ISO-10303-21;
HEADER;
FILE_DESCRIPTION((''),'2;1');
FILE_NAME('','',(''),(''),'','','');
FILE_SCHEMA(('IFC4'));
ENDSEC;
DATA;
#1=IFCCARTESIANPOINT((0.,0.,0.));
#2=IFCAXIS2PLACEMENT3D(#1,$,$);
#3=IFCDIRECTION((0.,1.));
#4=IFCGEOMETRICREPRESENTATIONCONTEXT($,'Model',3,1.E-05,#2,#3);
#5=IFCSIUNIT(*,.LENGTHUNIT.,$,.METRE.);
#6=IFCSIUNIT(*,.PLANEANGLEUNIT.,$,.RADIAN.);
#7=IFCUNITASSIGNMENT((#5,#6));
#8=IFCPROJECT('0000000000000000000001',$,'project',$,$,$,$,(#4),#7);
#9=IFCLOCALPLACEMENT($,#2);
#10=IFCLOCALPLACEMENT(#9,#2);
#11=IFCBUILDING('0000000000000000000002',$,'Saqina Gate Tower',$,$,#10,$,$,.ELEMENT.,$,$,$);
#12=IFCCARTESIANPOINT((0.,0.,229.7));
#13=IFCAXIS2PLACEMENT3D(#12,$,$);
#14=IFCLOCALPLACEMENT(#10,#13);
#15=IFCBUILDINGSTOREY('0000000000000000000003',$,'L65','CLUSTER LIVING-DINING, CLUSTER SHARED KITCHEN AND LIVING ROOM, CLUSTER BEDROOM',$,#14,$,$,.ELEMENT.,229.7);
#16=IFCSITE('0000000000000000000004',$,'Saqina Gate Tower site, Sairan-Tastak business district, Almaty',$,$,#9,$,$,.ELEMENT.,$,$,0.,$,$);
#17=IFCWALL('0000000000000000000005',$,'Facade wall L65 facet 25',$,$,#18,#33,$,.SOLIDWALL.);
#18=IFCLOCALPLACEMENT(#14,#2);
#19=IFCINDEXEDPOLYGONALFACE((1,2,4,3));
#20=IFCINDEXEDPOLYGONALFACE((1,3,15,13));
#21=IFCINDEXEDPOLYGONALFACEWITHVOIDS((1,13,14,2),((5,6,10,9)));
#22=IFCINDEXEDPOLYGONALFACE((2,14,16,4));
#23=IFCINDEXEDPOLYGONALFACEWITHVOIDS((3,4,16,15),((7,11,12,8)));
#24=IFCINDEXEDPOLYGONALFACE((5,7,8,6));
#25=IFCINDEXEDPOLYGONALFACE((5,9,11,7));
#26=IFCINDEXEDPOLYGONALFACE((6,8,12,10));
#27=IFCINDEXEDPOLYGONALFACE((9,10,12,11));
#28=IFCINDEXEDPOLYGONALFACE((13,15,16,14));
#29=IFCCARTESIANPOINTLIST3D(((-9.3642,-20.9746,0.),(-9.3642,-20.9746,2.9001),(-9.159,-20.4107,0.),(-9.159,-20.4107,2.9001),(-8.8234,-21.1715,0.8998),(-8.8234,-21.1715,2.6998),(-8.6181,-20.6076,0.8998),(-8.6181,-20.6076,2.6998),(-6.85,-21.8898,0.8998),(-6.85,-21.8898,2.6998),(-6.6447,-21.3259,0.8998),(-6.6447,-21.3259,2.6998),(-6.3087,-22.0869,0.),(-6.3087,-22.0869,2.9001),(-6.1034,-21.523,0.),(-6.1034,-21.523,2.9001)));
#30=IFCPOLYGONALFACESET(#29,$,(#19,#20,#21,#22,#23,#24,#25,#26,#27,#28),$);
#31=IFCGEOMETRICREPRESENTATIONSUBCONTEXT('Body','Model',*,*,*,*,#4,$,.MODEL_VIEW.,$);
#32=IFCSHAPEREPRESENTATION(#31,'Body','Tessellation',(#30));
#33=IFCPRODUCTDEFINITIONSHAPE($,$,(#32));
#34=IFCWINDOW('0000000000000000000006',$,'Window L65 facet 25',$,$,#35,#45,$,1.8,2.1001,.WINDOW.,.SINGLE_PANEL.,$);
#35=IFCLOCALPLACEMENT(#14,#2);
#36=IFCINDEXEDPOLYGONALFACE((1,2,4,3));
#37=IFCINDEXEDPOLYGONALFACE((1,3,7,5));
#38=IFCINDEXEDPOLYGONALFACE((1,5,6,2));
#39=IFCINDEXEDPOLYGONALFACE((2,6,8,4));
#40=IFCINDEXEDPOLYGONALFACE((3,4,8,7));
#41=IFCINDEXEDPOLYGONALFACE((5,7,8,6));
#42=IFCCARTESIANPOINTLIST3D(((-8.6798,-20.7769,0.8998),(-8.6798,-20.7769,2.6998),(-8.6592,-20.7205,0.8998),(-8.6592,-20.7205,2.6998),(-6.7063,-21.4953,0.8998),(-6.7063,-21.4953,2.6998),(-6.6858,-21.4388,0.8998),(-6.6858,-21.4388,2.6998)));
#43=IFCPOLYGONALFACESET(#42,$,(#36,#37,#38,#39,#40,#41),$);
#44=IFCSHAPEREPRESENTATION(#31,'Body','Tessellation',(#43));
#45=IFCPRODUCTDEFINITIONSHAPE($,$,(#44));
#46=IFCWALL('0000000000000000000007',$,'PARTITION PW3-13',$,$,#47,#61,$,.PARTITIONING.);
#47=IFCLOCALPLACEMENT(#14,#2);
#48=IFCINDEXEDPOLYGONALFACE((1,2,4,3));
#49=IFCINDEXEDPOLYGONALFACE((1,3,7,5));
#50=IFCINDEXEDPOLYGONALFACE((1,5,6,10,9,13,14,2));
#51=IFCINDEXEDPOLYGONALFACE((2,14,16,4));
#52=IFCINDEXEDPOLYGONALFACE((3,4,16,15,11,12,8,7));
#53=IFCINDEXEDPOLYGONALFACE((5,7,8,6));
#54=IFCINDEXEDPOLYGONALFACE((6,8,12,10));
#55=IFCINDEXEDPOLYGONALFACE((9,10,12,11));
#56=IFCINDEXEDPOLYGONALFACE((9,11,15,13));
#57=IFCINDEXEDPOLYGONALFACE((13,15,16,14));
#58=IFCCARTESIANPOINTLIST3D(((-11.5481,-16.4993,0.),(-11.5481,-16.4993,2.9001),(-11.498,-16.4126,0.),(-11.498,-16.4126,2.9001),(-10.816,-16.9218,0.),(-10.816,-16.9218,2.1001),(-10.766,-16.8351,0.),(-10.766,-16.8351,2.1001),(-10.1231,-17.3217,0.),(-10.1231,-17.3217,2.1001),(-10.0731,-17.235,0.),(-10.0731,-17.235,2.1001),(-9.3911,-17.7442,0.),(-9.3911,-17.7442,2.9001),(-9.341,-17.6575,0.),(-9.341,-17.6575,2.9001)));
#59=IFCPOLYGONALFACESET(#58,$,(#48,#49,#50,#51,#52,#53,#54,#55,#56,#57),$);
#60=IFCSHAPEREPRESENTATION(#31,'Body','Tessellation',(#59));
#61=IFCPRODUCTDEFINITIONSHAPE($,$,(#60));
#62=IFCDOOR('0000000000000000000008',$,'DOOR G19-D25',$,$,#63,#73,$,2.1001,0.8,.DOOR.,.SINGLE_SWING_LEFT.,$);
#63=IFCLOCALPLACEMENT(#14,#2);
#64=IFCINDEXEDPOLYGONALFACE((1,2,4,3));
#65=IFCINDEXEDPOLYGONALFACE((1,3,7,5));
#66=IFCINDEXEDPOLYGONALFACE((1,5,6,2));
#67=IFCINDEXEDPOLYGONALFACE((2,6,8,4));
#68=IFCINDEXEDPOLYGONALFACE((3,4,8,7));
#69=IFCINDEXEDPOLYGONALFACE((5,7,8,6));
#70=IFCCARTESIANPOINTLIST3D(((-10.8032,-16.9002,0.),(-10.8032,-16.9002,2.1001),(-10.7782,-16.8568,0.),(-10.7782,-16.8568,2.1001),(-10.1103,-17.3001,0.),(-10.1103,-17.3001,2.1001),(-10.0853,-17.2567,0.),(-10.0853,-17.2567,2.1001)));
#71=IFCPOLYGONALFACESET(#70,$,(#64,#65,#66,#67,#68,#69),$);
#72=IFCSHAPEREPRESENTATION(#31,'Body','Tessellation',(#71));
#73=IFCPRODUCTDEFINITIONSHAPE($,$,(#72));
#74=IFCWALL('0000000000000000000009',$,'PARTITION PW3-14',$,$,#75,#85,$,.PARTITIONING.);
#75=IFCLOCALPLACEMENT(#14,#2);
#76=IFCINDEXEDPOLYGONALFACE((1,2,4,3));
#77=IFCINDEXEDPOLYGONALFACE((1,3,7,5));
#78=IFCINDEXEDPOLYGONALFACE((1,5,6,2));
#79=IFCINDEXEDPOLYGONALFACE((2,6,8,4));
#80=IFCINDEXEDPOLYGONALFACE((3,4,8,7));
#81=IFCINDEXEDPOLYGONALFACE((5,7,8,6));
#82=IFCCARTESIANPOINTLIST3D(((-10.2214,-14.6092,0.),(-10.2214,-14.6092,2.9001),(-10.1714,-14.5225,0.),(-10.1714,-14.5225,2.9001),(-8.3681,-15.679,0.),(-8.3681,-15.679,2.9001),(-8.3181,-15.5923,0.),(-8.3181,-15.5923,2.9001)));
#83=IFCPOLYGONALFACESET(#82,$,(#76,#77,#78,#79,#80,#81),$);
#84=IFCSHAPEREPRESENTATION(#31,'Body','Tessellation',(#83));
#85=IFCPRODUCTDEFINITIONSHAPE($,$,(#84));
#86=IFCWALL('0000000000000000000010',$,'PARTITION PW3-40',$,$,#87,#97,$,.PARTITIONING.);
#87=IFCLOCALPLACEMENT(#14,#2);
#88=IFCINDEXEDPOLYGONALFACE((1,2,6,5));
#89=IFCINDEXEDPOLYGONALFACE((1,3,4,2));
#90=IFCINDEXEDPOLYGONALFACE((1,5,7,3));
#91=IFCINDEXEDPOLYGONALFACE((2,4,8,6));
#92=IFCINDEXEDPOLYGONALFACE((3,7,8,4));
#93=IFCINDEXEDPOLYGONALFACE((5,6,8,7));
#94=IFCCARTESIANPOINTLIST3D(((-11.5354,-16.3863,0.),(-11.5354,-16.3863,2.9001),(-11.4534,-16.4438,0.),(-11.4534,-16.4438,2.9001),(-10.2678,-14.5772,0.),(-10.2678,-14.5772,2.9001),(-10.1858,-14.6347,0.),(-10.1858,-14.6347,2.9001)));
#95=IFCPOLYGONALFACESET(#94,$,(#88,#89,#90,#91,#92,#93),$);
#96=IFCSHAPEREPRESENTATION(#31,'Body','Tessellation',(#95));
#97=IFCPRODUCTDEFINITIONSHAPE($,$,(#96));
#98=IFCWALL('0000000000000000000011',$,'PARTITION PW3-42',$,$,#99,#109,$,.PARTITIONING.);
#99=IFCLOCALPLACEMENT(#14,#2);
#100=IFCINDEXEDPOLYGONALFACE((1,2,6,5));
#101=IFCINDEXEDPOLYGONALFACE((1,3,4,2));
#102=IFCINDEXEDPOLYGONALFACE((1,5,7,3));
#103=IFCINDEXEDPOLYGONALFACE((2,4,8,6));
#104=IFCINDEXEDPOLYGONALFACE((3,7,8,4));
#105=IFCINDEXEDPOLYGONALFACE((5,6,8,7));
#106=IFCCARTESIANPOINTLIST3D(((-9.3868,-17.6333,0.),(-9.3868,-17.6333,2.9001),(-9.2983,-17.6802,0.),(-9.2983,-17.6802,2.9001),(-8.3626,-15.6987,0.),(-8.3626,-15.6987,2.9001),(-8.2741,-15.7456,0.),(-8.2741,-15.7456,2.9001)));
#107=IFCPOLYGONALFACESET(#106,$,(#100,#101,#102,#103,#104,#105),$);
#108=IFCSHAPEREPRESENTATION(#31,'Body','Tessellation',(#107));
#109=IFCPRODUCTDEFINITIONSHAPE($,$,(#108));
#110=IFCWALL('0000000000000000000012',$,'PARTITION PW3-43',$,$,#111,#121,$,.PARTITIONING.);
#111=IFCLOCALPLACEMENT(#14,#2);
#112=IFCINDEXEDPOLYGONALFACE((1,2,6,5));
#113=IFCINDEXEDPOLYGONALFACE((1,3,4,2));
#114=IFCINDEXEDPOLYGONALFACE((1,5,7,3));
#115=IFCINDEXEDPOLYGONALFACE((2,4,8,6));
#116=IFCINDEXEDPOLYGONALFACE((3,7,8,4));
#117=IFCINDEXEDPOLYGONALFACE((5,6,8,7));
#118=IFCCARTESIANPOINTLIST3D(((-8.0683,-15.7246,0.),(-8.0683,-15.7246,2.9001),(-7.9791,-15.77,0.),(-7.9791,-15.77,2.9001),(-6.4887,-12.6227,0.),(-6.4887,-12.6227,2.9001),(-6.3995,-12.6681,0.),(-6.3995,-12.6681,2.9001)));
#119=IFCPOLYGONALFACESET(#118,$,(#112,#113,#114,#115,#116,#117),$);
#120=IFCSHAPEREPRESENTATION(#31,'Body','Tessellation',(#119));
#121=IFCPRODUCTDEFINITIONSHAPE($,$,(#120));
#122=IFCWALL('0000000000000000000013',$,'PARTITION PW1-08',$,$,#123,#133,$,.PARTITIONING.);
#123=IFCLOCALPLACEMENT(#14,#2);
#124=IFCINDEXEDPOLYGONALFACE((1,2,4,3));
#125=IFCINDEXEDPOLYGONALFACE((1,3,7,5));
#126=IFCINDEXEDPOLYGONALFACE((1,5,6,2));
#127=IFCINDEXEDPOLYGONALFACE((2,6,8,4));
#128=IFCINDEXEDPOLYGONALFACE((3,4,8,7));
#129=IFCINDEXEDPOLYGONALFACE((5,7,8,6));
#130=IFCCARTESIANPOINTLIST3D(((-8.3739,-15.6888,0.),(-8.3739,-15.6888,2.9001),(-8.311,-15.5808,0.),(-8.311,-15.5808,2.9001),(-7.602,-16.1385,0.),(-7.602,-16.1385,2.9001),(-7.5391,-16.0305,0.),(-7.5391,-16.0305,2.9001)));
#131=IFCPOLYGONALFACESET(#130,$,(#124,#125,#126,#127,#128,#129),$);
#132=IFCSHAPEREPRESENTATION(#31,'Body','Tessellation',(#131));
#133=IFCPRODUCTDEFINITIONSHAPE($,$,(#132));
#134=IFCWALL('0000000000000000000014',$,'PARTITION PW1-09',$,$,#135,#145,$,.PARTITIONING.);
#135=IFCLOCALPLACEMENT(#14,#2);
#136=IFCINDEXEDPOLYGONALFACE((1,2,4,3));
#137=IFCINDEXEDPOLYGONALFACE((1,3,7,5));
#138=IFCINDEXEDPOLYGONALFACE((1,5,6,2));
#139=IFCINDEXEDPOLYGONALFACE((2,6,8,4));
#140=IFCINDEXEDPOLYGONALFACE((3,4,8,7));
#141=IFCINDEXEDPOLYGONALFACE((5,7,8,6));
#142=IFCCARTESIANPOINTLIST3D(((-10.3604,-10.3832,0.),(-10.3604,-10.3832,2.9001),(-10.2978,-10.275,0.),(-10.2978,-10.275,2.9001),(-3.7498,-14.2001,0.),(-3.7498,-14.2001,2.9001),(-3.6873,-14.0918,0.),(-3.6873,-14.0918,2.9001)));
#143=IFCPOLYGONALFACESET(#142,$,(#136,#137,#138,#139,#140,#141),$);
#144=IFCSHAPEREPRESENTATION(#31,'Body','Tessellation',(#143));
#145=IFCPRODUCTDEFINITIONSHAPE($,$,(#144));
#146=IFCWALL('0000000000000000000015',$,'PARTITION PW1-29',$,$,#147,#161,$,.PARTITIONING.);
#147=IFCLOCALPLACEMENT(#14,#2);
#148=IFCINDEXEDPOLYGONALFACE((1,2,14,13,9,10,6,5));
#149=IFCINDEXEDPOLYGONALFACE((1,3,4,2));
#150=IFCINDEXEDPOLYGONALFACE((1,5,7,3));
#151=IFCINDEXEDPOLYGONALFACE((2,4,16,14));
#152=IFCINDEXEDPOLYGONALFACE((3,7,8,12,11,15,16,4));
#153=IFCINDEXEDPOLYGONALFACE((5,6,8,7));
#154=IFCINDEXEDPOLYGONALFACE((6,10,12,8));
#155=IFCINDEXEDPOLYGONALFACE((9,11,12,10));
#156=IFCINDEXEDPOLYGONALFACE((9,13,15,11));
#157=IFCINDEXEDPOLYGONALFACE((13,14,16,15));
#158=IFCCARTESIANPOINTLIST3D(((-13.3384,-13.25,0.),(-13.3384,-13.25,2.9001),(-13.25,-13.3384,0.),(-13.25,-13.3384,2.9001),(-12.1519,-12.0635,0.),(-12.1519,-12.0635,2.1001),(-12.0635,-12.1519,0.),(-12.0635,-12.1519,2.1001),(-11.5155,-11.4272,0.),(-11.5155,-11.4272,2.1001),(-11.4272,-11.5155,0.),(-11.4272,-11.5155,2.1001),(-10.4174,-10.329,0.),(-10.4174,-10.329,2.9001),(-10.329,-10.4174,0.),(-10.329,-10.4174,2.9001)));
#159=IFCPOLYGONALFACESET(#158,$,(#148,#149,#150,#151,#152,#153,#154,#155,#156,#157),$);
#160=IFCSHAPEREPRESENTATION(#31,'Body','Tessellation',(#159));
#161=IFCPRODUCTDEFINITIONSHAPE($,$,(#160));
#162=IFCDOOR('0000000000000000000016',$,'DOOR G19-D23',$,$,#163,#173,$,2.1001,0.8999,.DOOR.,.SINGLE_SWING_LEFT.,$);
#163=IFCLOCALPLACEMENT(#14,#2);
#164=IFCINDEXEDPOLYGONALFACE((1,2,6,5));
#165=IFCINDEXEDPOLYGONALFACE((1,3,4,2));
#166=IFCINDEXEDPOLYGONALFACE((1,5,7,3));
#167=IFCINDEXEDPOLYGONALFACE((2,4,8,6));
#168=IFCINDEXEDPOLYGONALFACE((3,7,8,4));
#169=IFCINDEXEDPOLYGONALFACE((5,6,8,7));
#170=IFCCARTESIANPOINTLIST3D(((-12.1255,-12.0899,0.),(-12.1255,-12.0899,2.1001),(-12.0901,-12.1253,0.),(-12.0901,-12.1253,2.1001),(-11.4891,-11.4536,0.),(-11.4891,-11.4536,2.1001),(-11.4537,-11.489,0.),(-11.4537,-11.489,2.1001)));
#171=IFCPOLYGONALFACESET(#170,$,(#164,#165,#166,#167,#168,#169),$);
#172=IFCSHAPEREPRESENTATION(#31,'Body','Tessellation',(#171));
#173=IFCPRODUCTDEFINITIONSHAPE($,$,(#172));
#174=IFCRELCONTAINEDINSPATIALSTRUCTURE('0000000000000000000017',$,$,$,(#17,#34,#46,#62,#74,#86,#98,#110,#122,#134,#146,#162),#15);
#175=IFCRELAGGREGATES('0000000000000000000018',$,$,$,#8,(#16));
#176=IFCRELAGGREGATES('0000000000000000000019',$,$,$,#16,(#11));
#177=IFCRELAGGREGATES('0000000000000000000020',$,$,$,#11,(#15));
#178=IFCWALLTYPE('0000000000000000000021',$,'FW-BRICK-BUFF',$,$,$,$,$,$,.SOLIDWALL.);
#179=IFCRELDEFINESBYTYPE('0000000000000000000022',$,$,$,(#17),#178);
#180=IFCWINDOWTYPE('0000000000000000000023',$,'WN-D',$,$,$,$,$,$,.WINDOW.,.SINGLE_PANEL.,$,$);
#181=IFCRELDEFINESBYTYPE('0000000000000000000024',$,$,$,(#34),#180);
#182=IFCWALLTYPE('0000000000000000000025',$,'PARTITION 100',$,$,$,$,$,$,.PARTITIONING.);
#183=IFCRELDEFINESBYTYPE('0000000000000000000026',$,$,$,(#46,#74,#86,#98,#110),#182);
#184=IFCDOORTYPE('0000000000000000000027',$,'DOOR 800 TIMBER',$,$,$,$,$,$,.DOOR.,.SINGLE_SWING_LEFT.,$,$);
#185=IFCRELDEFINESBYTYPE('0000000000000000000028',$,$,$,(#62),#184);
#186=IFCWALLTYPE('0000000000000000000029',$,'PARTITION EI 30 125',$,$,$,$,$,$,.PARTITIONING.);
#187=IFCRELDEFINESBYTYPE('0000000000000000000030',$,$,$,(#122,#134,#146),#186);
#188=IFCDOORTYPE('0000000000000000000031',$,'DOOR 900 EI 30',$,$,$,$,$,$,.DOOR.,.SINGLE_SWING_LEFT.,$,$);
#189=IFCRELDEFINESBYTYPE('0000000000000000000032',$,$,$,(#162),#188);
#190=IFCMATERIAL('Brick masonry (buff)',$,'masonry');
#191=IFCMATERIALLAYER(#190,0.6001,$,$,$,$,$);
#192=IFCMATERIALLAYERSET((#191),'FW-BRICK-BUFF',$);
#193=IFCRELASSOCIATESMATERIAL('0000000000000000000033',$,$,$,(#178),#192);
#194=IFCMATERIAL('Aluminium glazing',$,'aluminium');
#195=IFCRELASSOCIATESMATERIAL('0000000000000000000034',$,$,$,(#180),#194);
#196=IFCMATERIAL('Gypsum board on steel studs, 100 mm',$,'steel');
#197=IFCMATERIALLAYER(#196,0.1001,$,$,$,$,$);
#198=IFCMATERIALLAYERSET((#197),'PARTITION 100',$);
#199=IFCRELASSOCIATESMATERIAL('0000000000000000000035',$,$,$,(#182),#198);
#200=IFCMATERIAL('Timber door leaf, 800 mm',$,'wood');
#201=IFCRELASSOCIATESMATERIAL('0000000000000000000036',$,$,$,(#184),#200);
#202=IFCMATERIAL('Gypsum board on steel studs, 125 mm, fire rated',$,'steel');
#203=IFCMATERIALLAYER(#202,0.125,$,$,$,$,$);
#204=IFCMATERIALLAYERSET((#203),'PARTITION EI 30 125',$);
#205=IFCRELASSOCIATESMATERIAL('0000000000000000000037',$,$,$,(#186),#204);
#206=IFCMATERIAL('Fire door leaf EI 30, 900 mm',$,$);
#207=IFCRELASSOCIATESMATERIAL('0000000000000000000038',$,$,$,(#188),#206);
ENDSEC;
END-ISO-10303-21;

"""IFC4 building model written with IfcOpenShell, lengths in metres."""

from ifc_helpers import new_model, si_unit, direction, frame, frame_2d, origin, place, context, subcontext, project, spatial, rectangle, extrude, material, layer, layer_set, type_object, element, fill, save


model = new_model("IFC4")

# Units and contexts
model_context = context("Model", 3, precision=1e-05, world=origin(), true_north=direction((0.0, 1.0)))
body_context = subcontext(model_context, "Body", "Model", "MODEL_VIEW")
ifc_project = project(units=[si_unit("LENGTHUNIT", "METRE"), si_unit("PLANEANGLEUNIT", "RADIAN")], contexts=[model_context])

# Site, building, storey
site_placement = place(None, origin())
site = spatial("IfcSite", under=ifc_project, at=site_placement, Name="Saqina Gate Tower site, Sairan-Tastak business district, Almaty", CompositionType="ELEMENT", RefElevation=0.0)
building_placement = place(site_placement, origin())
building = spatial("IfcBuilding", under=site, at=building_placement, Name="Saqina Gate Tower", CompositionType="ELEMENT")
storey_placement = place(building_placement, frame((0.0, 0.0, 229.7)))
storey = spatial("IfcBuildingStorey", under=building, at=storey_placement, Name="L65", Description="CLUSTER LIVING-DINING, CLUSTER SHARED KITCHEN AND LIVING ROOM, CLUSTER BEDROOM", CompositionType="ELEMENT", Elevation=229.7)

# Wall, opening, window
ifc_material_1 = material(Name="Brick masonry (buff)", Category="masonry")
ifc_layer_1 = layer(ifc_material_1, 0.6001)
ifc_layer_set_1 = layer_set([ifc_layer_1], Name="FW-BRICK-BUFF")
wall_type_1 = type_object("IfcWallType", Name="FW-BRICK-BUFF", PredefinedType="SOLIDWALL", material=ifc_layer_set_1)
ifc_material_2 = material(Name="Aluminium glazing", Category="aluminium")
window_type = type_object("IfcWindowType", Name="WN-D", PartitioningType="SINGLE_PANEL", PredefinedType="WINDOW", material=ifc_material_2)
wall_1_placement = place(storey_placement, frame((-9.2617, -20.6926, 0.0), z_axis=(0.0, 0.0, 1.0), x_axis=(0.939679, -0.342057, 0.0)))
wall_1 = element("IfcWall", 1, at=wall_1_placement, inside=storey, type_object=wall_type_1, Name="Facade wall L65 facet 25", PredefinedType="SOLIDWALL", context=body_context, shape_type="SweptSolid", body=[
    extrude(rectangle(XDim=3.2517, YDim=0.6001, at=frame_2d((1.626, 0.0))), origin(), (0.0, 0.0, 1.0), 2.9001),
])
opening_1_placement = place(wall_1_placement, frame((0.5757, 0.0, 0.8999)))
opening_1 = element("IfcOpeningElement", 2, at=opening_1_placement, cuts=wall_1, PredefinedType="OPENING", context=body_context, shape_type="SweptSolid", body=[
    extrude(rectangle(XDim=2.1001, YDim=1.8, at=frame_2d((1.05, 0.8999))), frame((0.0, 0.312, 0.0), z_axis=(0.0, -1.0, 0.0), x_axis=(1.0, 0.0, 0.0)), (0.0, 0.0, 1.0), 0.624),
])
window_1_placement = place(opening_1_placement, origin())
window_1 = element("IfcWindow", 3, at=window_1_placement, inside=storey, type_object=window_type, Name="Window L65 facet 25", OverallHeight=1.8, OverallWidth=2.1001, PartitioningType="SINGLE_PANEL", PredefinedType="WINDOW", context=body_context, shape_type="SweptSolid", body=[
    extrude(rectangle(XDim=2.1001, YDim=1.8, at=frame_2d((1.05, 0.8999))), frame((0.0, 0.1799, 0.0), z_axis=(0.0, -1.0, 0.0), x_axis=(1.0, 0.0, 0.0)), (0.0, 0.0, 1.0), 0.0601),
])
fill(opening_1, window_1)

# Wall, opening, door
ifc_material_3 = material(Name="Gypsum board on steel studs, 100 mm", Category="steel")
ifc_layer_2 = layer(ifc_material_3, 0.1001)
ifc_layer_set_2 = layer_set([ifc_layer_2], Name="PARTITION 100")
wall_type_2 = type_object("IfcWallType", Name="PARTITION 100", PredefinedType="PARTITIONING", material=ifc_layer_set_2)
wall_2_placement = place(storey_placement, frame((-11.5229, -16.4561, 0.0), z_axis=(0.0, 0.0, 1.0), x_axis=(0.866106, -0.499861, 0.0)))
wall_2 = element("IfcWall", 4, at=wall_2_placement, inside=storey, type_object=wall_type_2, Name="PARTITION PW3-13", PredefinedType="PARTITIONING", context=body_context, shape_type="SweptSolid", body=[
    extrude(rectangle(XDim=2.4905, YDim=0.1001, at=frame_2d((1.2451, 0.0))), origin(), (0.0, 0.0, 1.0), 2.9001),
])
opening_2_placement = place(wall_2_placement, frame((0.8452, 0.0, 0.0)))
opening_2 = element("IfcOpeningElement", 5, at=opening_2_placement, cuts=wall_2, PredefinedType="OPENING", context=body_context, shape_type="SweptSolid", body=[
    extrude(rectangle(XDim=0.8, YDim=2.1001, at=frame_2d((0.3999, 1.05))), frame((0.0, 0.062, 0.0), z_axis=(0.0, -1.0, 0.0), x_axis=(1.0, 0.0, 0.0)), (0.0, 0.0, 1.0), 0.124),
])
ifc_material_4 = material(Name="Timber door leaf, 800 mm", Category="wood")
door_type_1 = type_object("IfcDoorType", Name="DOOR 800 TIMBER", OperationType="SINGLE_SWING_LEFT", PredefinedType="DOOR", material=ifc_material_4)
door_1_placement = place(opening_2_placement, frame((0.8, 0.0, 0.0), z_axis=(0.0, 0.0, 1.0), x_axis=(-1.0, 0.0, 0.0)))
door_1 = element("IfcDoor", 6, at=door_1_placement, inside=storey, type_object=door_type_1, Name="DOOR G19-D25", OperationType="SINGLE_SWING_LEFT", OverallHeight=2.1001, OverallWidth=0.8, PredefinedType="DOOR", context=body_context, shape_type="SweptSolid", body=[
    extrude(rectangle(XDim=0.8, YDim=2.1001, at=frame_2d((0.3999, 1.05))), frame((0.0, 0.0249, 0.0), z_axis=(0.0, -1.0, 0.0), x_axis=(1.0, 0.0, 0.0)), (0.0, 0.0, 1.0), 0.05),
])
fill(opening_2, door_1)

# Walls
wall_3_placement = place(storey_placement, frame((-10.1963, -14.5659, 0.0), z_axis=(0.0, 0.0, 1.0), x_axis=(0.866058, -0.499943, 0.0)))
element("IfcWall", 7, at=wall_3_placement, inside=storey, type_object=wall_type_2, Name="PARTITION PW3-14", PredefinedType="PARTITIONING", context=body_context, shape_type="SweptSolid", body=[
    extrude(rectangle(XDim=2.1399, YDim=0.1001, at=frame_2d((1.0698, 0.0))), origin(), (0.0, 0.0, 1.0), 2.9001),
])
wall_4_placement = place(storey_placement, frame((-11.4944, -16.415, 0.0), z_axis=(0.0, 0.0, 1.0), x_axis=(0.573833, 0.818972, 0.0)))
element("IfcWall", 8, at=wall_4_placement, inside=storey, type_object=wall_type_2, Name="PARTITION PW3-40", PredefinedType="PARTITIONING", context=body_context, shape_type="SweptSolid", body=[
    extrude(rectangle(XDim=2.209, YDim=0.1001, at=frame_2d((1.1045, 0.0))), origin(), (0.0, 0.0, 1.0), 2.9001),
])
wall_5_placement = place(storey_placement, frame((-9.3425, -17.6567, 0.0), z_axis=(0.0, 0.0, 1.0), x_axis=(0.467883, 0.883791, 0.0)))
element("IfcWall", 9, at=wall_5_placement, inside=storey, type_object=wall_type_2, Name="PARTITION PW3-42", PredefinedType="PARTITIONING", context=body_context, shape_type="SweptSolid", body=[
    extrude(rectangle(XDim=2.189, YDim=0.1001, at=frame_2d((1.0945, 0.0))), origin(), (0.0, 0.0, 1.0), 2.9001),
])
wall_6_placement = place(storey_placement, frame((-8.0237, -15.7473, 0.0), z_axis=(0.0, 0.0, 1.0), x_axis=(0.453766, 0.891121, 0.0)))
element("IfcWall", 10, at=wall_6_placement, inside=storey, type_object=wall_type_2, Name="PARTITION PW3-43", PredefinedType="PARTITIONING", context=body_context, shape_type="SweptSolid", body=[
    extrude(rectangle(XDim=3.481, YDim=0.1001, at=frame_2d((1.7405, 0.0))), origin(), (0.0, 0.0, 1.0), 2.9001),
])
ifc_material_5 = material(Name="Gypsum board on steel studs, 125 mm, fire rated", Category="steel")
ifc_layer_3 = layer(ifc_material_5, 0.125)
ifc_layer_set_3 = layer_set([ifc_layer_3], Name="PARTITION EI 30 125")
wall_type_3 = type_object("IfcWallType", Name="PARTITION EI 30 125", PredefinedType="PARTITIONING", material=ifc_layer_set_3)
wall_7_placement = place(storey_placement, frame((-8.3425, -15.6348, 0.0), z_axis=(0.0, 0.0, 1.0), x_axis=(0.864076, -0.503361, 0.0)))
element("IfcWall", 11, at=wall_7_placement, inside=storey, type_object=wall_type_3, Name="PARTITION PW1-08", PredefinedType="PARTITIONING", context=body_context, shape_type="SweptSolid", body=[
    extrude(rectangle(XDim=0.8933, YDim=0.125, at=frame_2d((0.4468, 0.0))), origin(), (0.0, 0.0, 1.0), 2.9001),
])
wall_8_placement = place(storey_placement, frame((-10.3291, -10.3291, 0.0), z_axis=(0.0, 0.0, 1.0), x_axis=(0.86601, -0.500026, 0.0)))
element("IfcWall", 12, at=wall_8_placement, inside=storey, type_object=wall_type_3, Name="PARTITION PW1-09", PredefinedType="PARTITIONING", context=body_context, shape_type="SweptSolid", body=[
    extrude(rectangle(XDim=7.6333, YDim=0.125, at=frame_2d((3.8167, 0.0))), origin(), (0.0, 0.0, 1.0), 2.9001),
])

# Wall, opening, door
wall_9_placement = place(storey_placement, frame((-13.2942, -13.2942, 0.0), z_axis=(0.0, 0.0, 1.0), x_axis=(0.707107, 0.707107, 0.0)))
wall_9 = element("IfcWall", 13, at=wall_9_placement, inside=storey, type_object=wall_type_3, Name="PARTITION PW1-29", PredefinedType="PARTITIONING", context=body_context, shape_type="SweptSolid", body=[
    extrude(rectangle(XDim=4.1309, YDim=0.125, at=frame_2d((2.0654, 0.0))), origin(), (0.0, 0.0, 1.0), 2.9001),
])
opening_3_placement = place(wall_9_placement, frame((1.678, 0.0, 0.0)))
opening_3 = element("IfcOpeningElement", 14, at=opening_3_placement, cuts=wall_9, PredefinedType="OPENING", context=body_context, shape_type="SweptSolid", body=[
    extrude(rectangle(XDim=0.8999, YDim=2.1001, at=frame_2d((0.45, 1.05))), frame((0.0, 0.0745, 0.0), z_axis=(0.0, -1.0, 0.0), x_axis=(1.0, 0.0, 0.0)), (0.0, 0.0, 1.0), 0.1489),
])
ifc_material_6 = material(Name="Fire door leaf EI 30, 900 mm")
door_type_2 = type_object("IfcDoorType", Name="DOOR 900 EI 30", OperationType="SINGLE_SWING_LEFT", PredefinedType="DOOR", material=ifc_material_6)
door_2_placement = place(opening_3_placement, frame((0.8999, 0.0, 0.0), z_axis=(0.0, 0.0, 1.0), x_axis=(-1.0, 0.0, 0.0)))
door_2 = element("IfcDoor", 15, at=door_2_placement, inside=storey, type_object=door_type_2, Name="DOOR G19-D23", OperationType="SINGLE_SWING_LEFT", OverallHeight=2.1001, OverallWidth=0.8999, PredefinedType="DOOR", context=body_context, shape_type="SweptSolid", body=[
    extrude(rectangle(XDim=0.8999, YDim=2.1001, at=frame_2d((0.45, 1.05))), frame((0.0, 0.0249, 0.0), z_axis=(0.0, -1.0, 0.0), x_axis=(1.0, 0.0, 0.0)), (0.0, 0.0, 1.0), 0.05),
])
fill(opening_3, door_2)

save(model, "model.ifc")
